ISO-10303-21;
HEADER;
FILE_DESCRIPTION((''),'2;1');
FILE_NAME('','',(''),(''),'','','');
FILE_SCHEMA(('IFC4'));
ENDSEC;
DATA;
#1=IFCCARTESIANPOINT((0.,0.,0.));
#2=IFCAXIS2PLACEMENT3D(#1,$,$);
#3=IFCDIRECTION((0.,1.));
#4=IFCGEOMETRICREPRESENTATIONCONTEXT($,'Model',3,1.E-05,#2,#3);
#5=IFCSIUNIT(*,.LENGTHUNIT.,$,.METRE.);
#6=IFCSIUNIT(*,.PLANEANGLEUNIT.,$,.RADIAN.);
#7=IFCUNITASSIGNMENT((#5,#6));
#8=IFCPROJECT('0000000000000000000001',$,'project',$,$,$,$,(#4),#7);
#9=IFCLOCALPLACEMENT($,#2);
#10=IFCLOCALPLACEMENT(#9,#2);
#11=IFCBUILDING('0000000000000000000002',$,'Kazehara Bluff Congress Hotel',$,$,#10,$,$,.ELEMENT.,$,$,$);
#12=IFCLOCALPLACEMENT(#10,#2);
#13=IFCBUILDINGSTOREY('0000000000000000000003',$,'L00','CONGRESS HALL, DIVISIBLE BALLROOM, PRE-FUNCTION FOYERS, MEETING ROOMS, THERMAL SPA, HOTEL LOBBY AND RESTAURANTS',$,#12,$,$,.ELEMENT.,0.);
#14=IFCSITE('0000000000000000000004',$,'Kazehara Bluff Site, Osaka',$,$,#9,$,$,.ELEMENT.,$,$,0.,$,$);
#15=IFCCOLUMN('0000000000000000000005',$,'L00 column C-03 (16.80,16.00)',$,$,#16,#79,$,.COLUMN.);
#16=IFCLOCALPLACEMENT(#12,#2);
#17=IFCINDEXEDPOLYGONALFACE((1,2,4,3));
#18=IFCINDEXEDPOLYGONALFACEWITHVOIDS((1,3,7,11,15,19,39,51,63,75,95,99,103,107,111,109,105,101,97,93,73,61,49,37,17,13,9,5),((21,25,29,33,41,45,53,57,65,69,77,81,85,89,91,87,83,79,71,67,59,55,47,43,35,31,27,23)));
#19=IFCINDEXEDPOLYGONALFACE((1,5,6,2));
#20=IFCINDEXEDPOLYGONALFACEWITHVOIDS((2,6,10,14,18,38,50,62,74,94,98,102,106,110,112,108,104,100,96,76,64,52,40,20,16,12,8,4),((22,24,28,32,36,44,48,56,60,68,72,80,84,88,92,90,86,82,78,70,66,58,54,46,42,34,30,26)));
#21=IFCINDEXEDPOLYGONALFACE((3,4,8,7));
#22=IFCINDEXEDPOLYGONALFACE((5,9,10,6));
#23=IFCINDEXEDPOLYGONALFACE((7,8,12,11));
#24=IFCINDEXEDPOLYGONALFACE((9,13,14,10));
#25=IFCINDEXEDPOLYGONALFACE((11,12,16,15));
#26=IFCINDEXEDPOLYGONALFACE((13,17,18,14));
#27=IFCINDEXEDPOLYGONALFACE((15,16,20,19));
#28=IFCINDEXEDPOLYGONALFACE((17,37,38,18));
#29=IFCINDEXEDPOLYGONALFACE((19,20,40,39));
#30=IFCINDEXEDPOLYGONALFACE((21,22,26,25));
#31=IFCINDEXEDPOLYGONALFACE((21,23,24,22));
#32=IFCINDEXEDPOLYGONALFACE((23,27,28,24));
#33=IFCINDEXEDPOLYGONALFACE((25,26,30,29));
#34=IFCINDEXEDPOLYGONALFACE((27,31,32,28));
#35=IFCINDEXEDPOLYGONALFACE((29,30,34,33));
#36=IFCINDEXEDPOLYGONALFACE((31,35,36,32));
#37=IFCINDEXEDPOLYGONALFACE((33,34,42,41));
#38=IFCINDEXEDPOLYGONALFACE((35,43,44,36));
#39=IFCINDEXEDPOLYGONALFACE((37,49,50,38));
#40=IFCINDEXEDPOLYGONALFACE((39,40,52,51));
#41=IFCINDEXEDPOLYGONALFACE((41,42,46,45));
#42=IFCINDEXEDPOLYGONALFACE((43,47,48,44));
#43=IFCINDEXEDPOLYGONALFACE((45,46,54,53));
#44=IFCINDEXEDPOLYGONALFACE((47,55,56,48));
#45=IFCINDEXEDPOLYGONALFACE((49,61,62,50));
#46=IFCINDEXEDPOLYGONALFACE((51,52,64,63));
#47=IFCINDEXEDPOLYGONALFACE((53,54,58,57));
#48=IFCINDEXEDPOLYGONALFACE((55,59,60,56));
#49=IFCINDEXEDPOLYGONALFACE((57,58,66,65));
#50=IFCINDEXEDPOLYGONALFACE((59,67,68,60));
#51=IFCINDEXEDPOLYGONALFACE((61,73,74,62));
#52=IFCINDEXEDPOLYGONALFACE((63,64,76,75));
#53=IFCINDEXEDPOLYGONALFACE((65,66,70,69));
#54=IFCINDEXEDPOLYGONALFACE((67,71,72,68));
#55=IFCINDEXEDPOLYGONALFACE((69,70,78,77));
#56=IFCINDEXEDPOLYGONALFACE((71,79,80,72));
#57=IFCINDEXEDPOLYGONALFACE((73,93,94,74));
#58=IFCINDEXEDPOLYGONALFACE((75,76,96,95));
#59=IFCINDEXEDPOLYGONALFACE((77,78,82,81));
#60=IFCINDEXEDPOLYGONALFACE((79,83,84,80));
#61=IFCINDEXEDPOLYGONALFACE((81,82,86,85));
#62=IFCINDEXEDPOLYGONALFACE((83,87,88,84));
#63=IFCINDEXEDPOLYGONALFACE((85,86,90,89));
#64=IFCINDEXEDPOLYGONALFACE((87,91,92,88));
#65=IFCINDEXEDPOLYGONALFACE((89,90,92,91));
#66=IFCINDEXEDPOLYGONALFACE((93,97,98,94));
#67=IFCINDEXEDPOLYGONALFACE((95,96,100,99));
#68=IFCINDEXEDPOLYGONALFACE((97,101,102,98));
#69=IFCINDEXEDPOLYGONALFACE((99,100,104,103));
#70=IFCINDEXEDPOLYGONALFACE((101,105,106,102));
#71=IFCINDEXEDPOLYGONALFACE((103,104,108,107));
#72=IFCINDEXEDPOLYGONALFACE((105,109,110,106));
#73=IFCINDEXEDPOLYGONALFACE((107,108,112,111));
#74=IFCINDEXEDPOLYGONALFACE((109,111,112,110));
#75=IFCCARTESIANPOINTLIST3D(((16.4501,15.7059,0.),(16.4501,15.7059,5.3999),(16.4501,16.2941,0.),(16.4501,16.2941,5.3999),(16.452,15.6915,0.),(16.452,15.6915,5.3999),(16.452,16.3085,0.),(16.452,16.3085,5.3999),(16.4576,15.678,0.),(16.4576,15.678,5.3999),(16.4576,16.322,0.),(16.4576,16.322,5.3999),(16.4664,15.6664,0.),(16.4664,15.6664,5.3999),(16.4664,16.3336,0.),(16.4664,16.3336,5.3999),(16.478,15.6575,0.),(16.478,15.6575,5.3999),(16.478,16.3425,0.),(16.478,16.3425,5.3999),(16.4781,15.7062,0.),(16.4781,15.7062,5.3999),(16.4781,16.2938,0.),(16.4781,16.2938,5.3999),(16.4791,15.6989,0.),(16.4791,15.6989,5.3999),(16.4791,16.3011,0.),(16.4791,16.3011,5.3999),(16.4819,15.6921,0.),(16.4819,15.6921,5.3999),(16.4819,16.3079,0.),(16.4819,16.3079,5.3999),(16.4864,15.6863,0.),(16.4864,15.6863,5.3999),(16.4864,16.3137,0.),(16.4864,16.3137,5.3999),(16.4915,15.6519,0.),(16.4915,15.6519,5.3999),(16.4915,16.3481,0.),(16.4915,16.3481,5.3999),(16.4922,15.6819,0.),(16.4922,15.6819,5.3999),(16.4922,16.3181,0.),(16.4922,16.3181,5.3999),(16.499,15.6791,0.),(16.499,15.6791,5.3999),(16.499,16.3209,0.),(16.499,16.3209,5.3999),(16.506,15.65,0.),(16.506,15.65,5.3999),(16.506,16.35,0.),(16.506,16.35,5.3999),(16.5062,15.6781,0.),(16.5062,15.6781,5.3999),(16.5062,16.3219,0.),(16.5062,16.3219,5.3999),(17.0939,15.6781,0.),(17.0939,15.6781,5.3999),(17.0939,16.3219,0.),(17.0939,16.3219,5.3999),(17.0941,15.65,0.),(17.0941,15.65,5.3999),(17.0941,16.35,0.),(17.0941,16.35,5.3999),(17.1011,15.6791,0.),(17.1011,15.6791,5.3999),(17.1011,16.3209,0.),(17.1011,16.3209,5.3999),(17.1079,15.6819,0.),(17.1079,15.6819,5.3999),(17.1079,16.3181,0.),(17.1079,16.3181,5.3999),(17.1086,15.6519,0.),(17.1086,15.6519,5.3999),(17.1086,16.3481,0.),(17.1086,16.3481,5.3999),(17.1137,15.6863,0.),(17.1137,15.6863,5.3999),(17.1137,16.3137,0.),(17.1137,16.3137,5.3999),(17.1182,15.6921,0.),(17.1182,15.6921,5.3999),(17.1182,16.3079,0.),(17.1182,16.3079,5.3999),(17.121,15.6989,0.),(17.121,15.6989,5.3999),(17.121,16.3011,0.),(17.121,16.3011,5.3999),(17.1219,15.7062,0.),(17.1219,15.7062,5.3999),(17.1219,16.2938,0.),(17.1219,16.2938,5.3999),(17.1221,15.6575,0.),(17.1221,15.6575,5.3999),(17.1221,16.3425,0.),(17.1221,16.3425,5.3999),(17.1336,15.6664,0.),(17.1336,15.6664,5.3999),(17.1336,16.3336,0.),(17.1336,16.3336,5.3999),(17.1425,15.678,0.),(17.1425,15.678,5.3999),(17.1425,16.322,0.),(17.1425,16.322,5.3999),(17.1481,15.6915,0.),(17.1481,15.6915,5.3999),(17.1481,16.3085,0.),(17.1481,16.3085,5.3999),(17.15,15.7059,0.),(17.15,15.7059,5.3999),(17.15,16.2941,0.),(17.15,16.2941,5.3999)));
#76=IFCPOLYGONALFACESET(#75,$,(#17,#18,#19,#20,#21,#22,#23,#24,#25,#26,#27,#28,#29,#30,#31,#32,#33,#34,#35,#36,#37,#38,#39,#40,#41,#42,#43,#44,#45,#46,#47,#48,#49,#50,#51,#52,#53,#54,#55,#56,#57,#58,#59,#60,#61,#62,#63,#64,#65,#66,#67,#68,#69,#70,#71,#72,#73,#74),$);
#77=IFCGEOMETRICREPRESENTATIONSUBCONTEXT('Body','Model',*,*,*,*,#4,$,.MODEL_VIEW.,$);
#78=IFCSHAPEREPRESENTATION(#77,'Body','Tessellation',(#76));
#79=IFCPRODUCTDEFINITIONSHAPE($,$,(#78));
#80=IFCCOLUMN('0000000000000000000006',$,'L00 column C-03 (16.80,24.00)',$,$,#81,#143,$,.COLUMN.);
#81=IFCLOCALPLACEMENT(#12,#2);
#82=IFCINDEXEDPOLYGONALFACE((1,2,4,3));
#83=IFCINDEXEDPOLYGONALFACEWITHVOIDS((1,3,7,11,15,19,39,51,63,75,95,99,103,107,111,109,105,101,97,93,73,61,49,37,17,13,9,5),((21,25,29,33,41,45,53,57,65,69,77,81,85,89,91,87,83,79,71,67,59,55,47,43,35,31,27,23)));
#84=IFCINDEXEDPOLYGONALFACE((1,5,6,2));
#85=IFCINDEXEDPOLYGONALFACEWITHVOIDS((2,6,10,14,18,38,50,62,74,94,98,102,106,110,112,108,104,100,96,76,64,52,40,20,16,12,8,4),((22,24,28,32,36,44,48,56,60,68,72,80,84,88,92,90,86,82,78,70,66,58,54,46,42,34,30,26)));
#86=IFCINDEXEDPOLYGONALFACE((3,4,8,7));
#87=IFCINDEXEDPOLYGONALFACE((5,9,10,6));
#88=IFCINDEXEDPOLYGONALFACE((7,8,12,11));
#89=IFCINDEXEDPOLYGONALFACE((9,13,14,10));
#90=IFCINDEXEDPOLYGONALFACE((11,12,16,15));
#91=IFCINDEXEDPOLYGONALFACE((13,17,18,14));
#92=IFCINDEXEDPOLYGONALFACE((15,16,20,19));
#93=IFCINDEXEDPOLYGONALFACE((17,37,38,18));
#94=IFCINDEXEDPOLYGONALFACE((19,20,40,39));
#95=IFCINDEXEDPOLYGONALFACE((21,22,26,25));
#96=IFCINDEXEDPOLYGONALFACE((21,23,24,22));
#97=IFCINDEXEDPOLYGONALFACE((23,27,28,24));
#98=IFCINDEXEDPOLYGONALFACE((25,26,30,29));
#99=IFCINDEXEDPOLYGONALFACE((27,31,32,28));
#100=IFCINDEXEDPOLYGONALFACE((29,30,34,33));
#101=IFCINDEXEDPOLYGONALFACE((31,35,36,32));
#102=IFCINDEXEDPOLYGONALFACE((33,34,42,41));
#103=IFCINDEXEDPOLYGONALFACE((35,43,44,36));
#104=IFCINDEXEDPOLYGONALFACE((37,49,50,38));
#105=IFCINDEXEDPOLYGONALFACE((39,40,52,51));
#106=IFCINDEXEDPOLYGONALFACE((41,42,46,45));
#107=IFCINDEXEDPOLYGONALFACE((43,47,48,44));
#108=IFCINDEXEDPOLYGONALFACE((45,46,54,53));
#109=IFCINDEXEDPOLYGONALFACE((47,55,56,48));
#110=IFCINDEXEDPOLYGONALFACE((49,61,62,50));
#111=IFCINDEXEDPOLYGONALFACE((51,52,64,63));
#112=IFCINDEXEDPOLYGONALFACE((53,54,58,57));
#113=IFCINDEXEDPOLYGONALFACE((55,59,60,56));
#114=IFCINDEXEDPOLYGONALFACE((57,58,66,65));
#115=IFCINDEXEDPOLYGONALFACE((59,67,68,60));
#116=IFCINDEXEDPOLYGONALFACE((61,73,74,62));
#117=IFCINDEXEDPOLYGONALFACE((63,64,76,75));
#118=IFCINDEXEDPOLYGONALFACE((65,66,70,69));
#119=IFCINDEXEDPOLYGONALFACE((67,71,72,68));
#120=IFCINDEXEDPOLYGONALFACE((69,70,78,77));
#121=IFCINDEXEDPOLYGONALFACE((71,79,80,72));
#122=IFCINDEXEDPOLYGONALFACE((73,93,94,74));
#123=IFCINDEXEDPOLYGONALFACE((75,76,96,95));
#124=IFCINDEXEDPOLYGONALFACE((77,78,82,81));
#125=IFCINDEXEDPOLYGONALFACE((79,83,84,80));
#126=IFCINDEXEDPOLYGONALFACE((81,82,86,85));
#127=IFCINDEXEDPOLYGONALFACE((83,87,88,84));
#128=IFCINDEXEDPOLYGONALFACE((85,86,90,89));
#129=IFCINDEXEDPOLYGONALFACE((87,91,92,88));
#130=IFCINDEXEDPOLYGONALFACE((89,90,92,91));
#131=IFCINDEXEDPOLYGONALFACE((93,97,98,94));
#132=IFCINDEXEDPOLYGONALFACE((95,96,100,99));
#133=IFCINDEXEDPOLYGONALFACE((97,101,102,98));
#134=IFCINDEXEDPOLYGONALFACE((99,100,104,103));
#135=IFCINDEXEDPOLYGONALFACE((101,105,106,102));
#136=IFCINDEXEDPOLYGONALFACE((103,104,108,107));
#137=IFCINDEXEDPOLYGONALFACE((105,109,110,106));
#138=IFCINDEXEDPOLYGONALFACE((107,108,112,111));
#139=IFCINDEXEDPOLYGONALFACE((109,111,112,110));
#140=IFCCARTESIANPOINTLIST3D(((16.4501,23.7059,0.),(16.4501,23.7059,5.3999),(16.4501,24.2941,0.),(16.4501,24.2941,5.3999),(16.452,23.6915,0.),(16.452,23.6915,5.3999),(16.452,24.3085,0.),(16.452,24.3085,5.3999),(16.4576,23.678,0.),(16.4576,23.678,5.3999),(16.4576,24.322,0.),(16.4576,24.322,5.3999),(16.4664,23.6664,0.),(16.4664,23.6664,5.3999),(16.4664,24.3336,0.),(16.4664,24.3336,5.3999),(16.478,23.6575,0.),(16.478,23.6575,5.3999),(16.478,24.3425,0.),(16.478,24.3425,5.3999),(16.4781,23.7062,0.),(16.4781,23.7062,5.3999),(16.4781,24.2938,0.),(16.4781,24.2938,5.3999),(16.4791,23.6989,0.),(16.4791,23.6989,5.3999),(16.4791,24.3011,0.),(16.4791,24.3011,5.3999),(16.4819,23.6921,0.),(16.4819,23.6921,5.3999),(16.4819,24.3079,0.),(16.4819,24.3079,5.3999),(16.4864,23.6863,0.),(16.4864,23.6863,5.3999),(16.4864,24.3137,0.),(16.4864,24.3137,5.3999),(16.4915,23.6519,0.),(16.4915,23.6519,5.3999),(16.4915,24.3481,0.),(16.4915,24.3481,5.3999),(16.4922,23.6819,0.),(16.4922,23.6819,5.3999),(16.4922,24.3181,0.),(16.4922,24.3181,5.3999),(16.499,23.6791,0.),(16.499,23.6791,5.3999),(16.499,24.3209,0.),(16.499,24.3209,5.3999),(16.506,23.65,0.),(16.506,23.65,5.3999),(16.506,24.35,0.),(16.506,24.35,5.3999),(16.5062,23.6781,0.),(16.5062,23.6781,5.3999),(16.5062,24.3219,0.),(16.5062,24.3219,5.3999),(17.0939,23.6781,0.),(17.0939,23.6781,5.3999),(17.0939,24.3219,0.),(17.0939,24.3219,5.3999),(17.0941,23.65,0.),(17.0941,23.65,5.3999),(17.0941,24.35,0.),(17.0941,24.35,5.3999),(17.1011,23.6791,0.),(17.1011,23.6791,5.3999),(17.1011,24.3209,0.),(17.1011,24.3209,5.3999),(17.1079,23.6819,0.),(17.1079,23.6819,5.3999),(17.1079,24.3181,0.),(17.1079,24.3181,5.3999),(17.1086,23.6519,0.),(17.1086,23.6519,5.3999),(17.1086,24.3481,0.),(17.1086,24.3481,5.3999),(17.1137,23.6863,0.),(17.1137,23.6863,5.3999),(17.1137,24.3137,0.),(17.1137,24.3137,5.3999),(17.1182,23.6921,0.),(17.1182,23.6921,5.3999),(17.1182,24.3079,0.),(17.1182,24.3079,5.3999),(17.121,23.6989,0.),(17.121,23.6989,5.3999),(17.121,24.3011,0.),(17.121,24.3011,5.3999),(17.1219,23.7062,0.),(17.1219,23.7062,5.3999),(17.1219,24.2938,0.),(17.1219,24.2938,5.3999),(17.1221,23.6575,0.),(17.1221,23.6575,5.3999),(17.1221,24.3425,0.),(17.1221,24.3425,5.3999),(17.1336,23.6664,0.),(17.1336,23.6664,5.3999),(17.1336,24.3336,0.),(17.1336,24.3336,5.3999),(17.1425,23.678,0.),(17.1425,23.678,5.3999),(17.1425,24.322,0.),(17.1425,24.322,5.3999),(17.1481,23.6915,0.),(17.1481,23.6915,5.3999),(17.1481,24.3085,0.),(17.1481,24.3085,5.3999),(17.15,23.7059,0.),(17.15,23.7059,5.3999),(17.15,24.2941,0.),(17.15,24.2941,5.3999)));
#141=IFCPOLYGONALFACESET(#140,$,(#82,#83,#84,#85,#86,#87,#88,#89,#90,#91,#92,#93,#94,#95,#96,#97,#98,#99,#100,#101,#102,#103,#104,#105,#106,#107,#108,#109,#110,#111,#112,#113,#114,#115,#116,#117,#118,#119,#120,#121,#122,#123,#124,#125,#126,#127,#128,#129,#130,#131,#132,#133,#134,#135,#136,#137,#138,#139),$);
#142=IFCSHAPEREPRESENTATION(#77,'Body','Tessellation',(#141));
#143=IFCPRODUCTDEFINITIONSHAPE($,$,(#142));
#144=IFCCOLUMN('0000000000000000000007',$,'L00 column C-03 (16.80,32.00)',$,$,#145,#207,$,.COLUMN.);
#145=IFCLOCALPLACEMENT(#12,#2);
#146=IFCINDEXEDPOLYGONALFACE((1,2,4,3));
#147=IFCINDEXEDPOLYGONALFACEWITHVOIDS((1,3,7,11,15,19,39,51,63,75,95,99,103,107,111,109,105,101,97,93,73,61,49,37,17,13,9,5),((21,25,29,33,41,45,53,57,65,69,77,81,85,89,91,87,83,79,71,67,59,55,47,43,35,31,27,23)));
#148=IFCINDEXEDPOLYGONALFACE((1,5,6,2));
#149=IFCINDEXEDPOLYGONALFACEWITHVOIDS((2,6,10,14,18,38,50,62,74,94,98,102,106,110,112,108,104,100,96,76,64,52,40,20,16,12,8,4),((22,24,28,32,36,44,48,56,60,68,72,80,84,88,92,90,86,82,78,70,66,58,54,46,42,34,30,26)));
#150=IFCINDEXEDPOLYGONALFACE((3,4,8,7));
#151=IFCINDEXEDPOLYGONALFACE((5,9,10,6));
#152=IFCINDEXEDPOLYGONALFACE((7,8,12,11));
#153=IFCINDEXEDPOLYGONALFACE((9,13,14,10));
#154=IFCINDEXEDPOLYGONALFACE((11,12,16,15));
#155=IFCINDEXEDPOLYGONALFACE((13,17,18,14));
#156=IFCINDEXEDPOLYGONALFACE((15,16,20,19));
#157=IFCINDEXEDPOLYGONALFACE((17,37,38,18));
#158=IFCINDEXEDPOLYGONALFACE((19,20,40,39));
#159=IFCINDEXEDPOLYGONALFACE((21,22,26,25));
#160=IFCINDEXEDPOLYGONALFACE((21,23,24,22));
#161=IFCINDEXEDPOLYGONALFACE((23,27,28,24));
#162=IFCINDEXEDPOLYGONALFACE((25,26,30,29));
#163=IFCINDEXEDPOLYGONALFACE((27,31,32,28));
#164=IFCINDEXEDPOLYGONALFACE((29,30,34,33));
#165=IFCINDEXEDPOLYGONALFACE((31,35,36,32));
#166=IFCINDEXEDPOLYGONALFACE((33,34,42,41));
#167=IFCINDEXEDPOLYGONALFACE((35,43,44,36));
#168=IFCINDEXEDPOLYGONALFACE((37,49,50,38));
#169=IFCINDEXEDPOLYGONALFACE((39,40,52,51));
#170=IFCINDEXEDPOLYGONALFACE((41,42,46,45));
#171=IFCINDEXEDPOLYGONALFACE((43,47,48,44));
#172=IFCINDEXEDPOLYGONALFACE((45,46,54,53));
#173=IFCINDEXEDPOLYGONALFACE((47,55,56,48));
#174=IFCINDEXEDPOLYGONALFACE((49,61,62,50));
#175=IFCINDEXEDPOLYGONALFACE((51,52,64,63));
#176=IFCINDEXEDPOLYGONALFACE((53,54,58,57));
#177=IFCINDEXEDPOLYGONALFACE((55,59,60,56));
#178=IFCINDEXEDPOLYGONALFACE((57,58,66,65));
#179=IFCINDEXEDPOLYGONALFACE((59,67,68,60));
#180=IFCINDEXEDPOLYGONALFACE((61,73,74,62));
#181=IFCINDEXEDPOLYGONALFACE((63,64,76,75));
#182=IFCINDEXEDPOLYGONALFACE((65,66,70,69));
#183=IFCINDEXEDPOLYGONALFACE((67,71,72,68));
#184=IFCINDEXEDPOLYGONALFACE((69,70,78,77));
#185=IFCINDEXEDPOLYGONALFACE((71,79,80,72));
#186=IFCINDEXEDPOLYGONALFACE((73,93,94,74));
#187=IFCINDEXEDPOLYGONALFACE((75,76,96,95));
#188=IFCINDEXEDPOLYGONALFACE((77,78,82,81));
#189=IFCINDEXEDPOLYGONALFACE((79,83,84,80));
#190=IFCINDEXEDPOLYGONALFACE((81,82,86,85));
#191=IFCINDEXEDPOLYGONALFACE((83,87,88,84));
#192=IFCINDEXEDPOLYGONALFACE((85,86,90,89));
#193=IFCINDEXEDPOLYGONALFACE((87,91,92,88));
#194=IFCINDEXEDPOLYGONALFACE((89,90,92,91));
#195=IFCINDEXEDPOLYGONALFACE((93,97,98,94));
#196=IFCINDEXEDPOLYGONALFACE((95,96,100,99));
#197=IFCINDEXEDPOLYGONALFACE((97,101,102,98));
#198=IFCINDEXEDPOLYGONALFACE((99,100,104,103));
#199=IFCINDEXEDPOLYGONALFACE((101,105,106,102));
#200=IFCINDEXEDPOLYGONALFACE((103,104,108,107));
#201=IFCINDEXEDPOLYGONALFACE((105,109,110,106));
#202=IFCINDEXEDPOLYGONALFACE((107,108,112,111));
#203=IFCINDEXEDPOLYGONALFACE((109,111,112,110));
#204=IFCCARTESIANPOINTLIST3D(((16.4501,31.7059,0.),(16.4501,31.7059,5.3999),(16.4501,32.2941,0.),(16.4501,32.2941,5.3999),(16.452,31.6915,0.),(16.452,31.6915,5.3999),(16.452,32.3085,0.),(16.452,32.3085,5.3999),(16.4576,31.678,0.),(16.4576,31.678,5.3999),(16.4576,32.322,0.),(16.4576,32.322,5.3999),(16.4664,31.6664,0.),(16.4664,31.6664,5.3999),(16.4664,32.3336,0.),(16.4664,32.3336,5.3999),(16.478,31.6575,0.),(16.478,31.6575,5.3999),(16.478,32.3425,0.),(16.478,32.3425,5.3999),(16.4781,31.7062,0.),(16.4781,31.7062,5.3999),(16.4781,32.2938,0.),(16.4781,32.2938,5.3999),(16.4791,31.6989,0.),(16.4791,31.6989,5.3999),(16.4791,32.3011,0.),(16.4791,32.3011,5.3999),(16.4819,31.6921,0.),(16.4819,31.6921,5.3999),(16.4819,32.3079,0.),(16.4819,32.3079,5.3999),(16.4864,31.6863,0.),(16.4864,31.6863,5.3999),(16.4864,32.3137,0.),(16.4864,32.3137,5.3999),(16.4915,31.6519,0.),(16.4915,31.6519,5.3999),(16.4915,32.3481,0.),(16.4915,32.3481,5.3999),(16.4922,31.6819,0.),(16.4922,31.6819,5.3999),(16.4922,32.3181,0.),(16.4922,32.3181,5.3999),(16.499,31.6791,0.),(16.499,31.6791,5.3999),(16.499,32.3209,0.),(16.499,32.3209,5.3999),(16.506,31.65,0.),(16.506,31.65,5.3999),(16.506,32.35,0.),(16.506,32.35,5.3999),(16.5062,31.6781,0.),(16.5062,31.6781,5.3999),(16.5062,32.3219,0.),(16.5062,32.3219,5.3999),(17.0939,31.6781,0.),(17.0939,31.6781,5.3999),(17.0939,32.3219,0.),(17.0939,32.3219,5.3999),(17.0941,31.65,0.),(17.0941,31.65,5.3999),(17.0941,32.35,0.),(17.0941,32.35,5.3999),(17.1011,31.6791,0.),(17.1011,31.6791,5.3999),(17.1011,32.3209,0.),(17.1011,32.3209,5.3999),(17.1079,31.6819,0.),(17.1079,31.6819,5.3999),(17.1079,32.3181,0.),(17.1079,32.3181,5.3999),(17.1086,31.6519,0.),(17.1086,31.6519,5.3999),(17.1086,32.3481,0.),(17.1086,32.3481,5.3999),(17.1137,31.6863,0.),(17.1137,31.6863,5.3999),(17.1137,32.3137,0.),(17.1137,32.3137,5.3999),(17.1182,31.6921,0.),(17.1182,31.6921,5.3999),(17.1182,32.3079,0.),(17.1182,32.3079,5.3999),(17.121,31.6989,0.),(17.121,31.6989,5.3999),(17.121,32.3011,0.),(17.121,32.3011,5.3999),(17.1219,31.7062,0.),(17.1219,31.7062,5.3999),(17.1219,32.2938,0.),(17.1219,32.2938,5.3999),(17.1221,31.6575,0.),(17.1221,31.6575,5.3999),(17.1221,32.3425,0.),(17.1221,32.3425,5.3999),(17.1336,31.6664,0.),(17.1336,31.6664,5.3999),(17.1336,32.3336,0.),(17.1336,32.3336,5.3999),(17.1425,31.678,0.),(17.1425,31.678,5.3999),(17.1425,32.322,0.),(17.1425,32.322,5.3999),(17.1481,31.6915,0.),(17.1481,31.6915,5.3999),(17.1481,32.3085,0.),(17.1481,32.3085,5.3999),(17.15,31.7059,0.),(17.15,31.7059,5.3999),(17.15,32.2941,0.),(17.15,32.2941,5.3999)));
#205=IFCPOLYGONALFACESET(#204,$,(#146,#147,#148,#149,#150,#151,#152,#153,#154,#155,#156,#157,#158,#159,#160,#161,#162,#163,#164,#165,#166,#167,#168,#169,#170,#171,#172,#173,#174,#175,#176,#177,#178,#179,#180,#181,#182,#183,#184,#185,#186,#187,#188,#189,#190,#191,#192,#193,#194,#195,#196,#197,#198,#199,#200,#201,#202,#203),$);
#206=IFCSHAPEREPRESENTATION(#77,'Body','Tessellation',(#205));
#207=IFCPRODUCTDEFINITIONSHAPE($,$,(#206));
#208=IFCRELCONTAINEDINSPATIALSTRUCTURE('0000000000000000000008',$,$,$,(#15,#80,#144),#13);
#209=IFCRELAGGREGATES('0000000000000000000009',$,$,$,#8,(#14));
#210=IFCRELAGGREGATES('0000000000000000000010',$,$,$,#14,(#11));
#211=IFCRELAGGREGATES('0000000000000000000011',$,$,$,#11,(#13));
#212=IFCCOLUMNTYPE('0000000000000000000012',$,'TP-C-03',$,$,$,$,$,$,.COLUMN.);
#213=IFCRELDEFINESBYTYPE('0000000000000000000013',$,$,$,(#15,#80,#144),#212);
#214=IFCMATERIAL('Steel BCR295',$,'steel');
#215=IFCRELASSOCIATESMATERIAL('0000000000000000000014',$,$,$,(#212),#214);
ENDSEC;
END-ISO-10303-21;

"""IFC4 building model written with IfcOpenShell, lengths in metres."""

from ifc_helpers import new_model, si_unit, direction, frame, origin, origin_2d, place, context, subcontext, project, spatial, hollow_rectangle, extrude, material, material_profile, profile_set, type_object, element, save


model = new_model("IFC4")

# Units and contexts
model_context = context("Model", 3, precision=1e-05, world=origin(), true_north=direction((0.0, 1.0)))
body_context = subcontext(model_context, "Body", "Model", "MODEL_VIEW")
ifc_project = project(units=[si_unit("LENGTHUNIT", "METRE"), si_unit("PLANEANGLEUNIT", "RADIAN")], contexts=[model_context])

# Site, building, storey
site_placement = place(None, origin())
site = spatial("IfcSite", under=ifc_project, at=site_placement, Name="Kazehara Bluff Site, Osaka", CompositionType="ELEMENT", RefElevation=0.0)
building_placement = place(site_placement, origin())
building = spatial("IfcBuilding", under=site, at=building_placement, Name="Kazehara Bluff Congress Hotel", CompositionType="ELEMENT")
storey_placement = place(building_placement, origin())
storey = spatial("IfcBuildingStorey", under=building, at=storey_placement, Name="L00", Description="CONGRESS HALL, DIVISIBLE BALLROOM, PRE-FUNCTION FOYERS, MEETING ROOMS, THERMAL SPA, HOTEL LOBBY AND RESTAURANTS", CompositionType="ELEMENT", Elevation=0.0)

# Columns
ifc_material_1 = material(Name="Steel BCR295", Category="steel")
ifc_material_profile_1 = material_profile(ifc_material_1, hollow_rectangle(XDim=0.7, YDim=0.7, WallThickness=0.0281, InnerFilletRadius=0.0281, OuterFilletRadius=0.0559, at=origin_2d()))
ifc_profile_set_1 = profile_set([ifc_material_profile_1], Name="Steel BCR295")
column_type = type_object("IfcColumnType", Name="TP-C-03", PredefinedType="COLUMN", material=ifc_profile_set_1)
for number, where, z_axis, x_axis, name in (
    (1, (16.8, 16.0, 0.0), (0.0, 0.0, 1.0), (1.0, 0.0, 0.0), "L00 column C-03 (16.80,16.00)"),
    (2, (16.8, 24.0, 0.0), (0.0, 0.0, 1.0), (1.0, 0.0, 0.0), "L00 column C-03 (16.80,24.00)"),
    (3, (16.8, 32.0, 0.0), (0.0, 0.0, 1.0), (1.0, 0.0, 0.0), "L00 column C-03 (16.80,32.00)"),
):
    element("IfcColumn", number, at=place(storey_placement, frame(where, z_axis=z_axis, x_axis=x_axis)), inside=storey, type_object=column_type, Name=name, PredefinedType="COLUMN", context=body_context, shape_type="SweptSolid", body=[
        extrude(hollow_rectangle(XDim=0.7, YDim=0.7, WallThickness=0.0281, InnerFilletRadius=0.0281, OuterFilletRadius=0.0559, at=origin_2d()), origin(), (0.0, 0.0, 1.0), 5.3999),
    ])

save(model, "model.ifc")
